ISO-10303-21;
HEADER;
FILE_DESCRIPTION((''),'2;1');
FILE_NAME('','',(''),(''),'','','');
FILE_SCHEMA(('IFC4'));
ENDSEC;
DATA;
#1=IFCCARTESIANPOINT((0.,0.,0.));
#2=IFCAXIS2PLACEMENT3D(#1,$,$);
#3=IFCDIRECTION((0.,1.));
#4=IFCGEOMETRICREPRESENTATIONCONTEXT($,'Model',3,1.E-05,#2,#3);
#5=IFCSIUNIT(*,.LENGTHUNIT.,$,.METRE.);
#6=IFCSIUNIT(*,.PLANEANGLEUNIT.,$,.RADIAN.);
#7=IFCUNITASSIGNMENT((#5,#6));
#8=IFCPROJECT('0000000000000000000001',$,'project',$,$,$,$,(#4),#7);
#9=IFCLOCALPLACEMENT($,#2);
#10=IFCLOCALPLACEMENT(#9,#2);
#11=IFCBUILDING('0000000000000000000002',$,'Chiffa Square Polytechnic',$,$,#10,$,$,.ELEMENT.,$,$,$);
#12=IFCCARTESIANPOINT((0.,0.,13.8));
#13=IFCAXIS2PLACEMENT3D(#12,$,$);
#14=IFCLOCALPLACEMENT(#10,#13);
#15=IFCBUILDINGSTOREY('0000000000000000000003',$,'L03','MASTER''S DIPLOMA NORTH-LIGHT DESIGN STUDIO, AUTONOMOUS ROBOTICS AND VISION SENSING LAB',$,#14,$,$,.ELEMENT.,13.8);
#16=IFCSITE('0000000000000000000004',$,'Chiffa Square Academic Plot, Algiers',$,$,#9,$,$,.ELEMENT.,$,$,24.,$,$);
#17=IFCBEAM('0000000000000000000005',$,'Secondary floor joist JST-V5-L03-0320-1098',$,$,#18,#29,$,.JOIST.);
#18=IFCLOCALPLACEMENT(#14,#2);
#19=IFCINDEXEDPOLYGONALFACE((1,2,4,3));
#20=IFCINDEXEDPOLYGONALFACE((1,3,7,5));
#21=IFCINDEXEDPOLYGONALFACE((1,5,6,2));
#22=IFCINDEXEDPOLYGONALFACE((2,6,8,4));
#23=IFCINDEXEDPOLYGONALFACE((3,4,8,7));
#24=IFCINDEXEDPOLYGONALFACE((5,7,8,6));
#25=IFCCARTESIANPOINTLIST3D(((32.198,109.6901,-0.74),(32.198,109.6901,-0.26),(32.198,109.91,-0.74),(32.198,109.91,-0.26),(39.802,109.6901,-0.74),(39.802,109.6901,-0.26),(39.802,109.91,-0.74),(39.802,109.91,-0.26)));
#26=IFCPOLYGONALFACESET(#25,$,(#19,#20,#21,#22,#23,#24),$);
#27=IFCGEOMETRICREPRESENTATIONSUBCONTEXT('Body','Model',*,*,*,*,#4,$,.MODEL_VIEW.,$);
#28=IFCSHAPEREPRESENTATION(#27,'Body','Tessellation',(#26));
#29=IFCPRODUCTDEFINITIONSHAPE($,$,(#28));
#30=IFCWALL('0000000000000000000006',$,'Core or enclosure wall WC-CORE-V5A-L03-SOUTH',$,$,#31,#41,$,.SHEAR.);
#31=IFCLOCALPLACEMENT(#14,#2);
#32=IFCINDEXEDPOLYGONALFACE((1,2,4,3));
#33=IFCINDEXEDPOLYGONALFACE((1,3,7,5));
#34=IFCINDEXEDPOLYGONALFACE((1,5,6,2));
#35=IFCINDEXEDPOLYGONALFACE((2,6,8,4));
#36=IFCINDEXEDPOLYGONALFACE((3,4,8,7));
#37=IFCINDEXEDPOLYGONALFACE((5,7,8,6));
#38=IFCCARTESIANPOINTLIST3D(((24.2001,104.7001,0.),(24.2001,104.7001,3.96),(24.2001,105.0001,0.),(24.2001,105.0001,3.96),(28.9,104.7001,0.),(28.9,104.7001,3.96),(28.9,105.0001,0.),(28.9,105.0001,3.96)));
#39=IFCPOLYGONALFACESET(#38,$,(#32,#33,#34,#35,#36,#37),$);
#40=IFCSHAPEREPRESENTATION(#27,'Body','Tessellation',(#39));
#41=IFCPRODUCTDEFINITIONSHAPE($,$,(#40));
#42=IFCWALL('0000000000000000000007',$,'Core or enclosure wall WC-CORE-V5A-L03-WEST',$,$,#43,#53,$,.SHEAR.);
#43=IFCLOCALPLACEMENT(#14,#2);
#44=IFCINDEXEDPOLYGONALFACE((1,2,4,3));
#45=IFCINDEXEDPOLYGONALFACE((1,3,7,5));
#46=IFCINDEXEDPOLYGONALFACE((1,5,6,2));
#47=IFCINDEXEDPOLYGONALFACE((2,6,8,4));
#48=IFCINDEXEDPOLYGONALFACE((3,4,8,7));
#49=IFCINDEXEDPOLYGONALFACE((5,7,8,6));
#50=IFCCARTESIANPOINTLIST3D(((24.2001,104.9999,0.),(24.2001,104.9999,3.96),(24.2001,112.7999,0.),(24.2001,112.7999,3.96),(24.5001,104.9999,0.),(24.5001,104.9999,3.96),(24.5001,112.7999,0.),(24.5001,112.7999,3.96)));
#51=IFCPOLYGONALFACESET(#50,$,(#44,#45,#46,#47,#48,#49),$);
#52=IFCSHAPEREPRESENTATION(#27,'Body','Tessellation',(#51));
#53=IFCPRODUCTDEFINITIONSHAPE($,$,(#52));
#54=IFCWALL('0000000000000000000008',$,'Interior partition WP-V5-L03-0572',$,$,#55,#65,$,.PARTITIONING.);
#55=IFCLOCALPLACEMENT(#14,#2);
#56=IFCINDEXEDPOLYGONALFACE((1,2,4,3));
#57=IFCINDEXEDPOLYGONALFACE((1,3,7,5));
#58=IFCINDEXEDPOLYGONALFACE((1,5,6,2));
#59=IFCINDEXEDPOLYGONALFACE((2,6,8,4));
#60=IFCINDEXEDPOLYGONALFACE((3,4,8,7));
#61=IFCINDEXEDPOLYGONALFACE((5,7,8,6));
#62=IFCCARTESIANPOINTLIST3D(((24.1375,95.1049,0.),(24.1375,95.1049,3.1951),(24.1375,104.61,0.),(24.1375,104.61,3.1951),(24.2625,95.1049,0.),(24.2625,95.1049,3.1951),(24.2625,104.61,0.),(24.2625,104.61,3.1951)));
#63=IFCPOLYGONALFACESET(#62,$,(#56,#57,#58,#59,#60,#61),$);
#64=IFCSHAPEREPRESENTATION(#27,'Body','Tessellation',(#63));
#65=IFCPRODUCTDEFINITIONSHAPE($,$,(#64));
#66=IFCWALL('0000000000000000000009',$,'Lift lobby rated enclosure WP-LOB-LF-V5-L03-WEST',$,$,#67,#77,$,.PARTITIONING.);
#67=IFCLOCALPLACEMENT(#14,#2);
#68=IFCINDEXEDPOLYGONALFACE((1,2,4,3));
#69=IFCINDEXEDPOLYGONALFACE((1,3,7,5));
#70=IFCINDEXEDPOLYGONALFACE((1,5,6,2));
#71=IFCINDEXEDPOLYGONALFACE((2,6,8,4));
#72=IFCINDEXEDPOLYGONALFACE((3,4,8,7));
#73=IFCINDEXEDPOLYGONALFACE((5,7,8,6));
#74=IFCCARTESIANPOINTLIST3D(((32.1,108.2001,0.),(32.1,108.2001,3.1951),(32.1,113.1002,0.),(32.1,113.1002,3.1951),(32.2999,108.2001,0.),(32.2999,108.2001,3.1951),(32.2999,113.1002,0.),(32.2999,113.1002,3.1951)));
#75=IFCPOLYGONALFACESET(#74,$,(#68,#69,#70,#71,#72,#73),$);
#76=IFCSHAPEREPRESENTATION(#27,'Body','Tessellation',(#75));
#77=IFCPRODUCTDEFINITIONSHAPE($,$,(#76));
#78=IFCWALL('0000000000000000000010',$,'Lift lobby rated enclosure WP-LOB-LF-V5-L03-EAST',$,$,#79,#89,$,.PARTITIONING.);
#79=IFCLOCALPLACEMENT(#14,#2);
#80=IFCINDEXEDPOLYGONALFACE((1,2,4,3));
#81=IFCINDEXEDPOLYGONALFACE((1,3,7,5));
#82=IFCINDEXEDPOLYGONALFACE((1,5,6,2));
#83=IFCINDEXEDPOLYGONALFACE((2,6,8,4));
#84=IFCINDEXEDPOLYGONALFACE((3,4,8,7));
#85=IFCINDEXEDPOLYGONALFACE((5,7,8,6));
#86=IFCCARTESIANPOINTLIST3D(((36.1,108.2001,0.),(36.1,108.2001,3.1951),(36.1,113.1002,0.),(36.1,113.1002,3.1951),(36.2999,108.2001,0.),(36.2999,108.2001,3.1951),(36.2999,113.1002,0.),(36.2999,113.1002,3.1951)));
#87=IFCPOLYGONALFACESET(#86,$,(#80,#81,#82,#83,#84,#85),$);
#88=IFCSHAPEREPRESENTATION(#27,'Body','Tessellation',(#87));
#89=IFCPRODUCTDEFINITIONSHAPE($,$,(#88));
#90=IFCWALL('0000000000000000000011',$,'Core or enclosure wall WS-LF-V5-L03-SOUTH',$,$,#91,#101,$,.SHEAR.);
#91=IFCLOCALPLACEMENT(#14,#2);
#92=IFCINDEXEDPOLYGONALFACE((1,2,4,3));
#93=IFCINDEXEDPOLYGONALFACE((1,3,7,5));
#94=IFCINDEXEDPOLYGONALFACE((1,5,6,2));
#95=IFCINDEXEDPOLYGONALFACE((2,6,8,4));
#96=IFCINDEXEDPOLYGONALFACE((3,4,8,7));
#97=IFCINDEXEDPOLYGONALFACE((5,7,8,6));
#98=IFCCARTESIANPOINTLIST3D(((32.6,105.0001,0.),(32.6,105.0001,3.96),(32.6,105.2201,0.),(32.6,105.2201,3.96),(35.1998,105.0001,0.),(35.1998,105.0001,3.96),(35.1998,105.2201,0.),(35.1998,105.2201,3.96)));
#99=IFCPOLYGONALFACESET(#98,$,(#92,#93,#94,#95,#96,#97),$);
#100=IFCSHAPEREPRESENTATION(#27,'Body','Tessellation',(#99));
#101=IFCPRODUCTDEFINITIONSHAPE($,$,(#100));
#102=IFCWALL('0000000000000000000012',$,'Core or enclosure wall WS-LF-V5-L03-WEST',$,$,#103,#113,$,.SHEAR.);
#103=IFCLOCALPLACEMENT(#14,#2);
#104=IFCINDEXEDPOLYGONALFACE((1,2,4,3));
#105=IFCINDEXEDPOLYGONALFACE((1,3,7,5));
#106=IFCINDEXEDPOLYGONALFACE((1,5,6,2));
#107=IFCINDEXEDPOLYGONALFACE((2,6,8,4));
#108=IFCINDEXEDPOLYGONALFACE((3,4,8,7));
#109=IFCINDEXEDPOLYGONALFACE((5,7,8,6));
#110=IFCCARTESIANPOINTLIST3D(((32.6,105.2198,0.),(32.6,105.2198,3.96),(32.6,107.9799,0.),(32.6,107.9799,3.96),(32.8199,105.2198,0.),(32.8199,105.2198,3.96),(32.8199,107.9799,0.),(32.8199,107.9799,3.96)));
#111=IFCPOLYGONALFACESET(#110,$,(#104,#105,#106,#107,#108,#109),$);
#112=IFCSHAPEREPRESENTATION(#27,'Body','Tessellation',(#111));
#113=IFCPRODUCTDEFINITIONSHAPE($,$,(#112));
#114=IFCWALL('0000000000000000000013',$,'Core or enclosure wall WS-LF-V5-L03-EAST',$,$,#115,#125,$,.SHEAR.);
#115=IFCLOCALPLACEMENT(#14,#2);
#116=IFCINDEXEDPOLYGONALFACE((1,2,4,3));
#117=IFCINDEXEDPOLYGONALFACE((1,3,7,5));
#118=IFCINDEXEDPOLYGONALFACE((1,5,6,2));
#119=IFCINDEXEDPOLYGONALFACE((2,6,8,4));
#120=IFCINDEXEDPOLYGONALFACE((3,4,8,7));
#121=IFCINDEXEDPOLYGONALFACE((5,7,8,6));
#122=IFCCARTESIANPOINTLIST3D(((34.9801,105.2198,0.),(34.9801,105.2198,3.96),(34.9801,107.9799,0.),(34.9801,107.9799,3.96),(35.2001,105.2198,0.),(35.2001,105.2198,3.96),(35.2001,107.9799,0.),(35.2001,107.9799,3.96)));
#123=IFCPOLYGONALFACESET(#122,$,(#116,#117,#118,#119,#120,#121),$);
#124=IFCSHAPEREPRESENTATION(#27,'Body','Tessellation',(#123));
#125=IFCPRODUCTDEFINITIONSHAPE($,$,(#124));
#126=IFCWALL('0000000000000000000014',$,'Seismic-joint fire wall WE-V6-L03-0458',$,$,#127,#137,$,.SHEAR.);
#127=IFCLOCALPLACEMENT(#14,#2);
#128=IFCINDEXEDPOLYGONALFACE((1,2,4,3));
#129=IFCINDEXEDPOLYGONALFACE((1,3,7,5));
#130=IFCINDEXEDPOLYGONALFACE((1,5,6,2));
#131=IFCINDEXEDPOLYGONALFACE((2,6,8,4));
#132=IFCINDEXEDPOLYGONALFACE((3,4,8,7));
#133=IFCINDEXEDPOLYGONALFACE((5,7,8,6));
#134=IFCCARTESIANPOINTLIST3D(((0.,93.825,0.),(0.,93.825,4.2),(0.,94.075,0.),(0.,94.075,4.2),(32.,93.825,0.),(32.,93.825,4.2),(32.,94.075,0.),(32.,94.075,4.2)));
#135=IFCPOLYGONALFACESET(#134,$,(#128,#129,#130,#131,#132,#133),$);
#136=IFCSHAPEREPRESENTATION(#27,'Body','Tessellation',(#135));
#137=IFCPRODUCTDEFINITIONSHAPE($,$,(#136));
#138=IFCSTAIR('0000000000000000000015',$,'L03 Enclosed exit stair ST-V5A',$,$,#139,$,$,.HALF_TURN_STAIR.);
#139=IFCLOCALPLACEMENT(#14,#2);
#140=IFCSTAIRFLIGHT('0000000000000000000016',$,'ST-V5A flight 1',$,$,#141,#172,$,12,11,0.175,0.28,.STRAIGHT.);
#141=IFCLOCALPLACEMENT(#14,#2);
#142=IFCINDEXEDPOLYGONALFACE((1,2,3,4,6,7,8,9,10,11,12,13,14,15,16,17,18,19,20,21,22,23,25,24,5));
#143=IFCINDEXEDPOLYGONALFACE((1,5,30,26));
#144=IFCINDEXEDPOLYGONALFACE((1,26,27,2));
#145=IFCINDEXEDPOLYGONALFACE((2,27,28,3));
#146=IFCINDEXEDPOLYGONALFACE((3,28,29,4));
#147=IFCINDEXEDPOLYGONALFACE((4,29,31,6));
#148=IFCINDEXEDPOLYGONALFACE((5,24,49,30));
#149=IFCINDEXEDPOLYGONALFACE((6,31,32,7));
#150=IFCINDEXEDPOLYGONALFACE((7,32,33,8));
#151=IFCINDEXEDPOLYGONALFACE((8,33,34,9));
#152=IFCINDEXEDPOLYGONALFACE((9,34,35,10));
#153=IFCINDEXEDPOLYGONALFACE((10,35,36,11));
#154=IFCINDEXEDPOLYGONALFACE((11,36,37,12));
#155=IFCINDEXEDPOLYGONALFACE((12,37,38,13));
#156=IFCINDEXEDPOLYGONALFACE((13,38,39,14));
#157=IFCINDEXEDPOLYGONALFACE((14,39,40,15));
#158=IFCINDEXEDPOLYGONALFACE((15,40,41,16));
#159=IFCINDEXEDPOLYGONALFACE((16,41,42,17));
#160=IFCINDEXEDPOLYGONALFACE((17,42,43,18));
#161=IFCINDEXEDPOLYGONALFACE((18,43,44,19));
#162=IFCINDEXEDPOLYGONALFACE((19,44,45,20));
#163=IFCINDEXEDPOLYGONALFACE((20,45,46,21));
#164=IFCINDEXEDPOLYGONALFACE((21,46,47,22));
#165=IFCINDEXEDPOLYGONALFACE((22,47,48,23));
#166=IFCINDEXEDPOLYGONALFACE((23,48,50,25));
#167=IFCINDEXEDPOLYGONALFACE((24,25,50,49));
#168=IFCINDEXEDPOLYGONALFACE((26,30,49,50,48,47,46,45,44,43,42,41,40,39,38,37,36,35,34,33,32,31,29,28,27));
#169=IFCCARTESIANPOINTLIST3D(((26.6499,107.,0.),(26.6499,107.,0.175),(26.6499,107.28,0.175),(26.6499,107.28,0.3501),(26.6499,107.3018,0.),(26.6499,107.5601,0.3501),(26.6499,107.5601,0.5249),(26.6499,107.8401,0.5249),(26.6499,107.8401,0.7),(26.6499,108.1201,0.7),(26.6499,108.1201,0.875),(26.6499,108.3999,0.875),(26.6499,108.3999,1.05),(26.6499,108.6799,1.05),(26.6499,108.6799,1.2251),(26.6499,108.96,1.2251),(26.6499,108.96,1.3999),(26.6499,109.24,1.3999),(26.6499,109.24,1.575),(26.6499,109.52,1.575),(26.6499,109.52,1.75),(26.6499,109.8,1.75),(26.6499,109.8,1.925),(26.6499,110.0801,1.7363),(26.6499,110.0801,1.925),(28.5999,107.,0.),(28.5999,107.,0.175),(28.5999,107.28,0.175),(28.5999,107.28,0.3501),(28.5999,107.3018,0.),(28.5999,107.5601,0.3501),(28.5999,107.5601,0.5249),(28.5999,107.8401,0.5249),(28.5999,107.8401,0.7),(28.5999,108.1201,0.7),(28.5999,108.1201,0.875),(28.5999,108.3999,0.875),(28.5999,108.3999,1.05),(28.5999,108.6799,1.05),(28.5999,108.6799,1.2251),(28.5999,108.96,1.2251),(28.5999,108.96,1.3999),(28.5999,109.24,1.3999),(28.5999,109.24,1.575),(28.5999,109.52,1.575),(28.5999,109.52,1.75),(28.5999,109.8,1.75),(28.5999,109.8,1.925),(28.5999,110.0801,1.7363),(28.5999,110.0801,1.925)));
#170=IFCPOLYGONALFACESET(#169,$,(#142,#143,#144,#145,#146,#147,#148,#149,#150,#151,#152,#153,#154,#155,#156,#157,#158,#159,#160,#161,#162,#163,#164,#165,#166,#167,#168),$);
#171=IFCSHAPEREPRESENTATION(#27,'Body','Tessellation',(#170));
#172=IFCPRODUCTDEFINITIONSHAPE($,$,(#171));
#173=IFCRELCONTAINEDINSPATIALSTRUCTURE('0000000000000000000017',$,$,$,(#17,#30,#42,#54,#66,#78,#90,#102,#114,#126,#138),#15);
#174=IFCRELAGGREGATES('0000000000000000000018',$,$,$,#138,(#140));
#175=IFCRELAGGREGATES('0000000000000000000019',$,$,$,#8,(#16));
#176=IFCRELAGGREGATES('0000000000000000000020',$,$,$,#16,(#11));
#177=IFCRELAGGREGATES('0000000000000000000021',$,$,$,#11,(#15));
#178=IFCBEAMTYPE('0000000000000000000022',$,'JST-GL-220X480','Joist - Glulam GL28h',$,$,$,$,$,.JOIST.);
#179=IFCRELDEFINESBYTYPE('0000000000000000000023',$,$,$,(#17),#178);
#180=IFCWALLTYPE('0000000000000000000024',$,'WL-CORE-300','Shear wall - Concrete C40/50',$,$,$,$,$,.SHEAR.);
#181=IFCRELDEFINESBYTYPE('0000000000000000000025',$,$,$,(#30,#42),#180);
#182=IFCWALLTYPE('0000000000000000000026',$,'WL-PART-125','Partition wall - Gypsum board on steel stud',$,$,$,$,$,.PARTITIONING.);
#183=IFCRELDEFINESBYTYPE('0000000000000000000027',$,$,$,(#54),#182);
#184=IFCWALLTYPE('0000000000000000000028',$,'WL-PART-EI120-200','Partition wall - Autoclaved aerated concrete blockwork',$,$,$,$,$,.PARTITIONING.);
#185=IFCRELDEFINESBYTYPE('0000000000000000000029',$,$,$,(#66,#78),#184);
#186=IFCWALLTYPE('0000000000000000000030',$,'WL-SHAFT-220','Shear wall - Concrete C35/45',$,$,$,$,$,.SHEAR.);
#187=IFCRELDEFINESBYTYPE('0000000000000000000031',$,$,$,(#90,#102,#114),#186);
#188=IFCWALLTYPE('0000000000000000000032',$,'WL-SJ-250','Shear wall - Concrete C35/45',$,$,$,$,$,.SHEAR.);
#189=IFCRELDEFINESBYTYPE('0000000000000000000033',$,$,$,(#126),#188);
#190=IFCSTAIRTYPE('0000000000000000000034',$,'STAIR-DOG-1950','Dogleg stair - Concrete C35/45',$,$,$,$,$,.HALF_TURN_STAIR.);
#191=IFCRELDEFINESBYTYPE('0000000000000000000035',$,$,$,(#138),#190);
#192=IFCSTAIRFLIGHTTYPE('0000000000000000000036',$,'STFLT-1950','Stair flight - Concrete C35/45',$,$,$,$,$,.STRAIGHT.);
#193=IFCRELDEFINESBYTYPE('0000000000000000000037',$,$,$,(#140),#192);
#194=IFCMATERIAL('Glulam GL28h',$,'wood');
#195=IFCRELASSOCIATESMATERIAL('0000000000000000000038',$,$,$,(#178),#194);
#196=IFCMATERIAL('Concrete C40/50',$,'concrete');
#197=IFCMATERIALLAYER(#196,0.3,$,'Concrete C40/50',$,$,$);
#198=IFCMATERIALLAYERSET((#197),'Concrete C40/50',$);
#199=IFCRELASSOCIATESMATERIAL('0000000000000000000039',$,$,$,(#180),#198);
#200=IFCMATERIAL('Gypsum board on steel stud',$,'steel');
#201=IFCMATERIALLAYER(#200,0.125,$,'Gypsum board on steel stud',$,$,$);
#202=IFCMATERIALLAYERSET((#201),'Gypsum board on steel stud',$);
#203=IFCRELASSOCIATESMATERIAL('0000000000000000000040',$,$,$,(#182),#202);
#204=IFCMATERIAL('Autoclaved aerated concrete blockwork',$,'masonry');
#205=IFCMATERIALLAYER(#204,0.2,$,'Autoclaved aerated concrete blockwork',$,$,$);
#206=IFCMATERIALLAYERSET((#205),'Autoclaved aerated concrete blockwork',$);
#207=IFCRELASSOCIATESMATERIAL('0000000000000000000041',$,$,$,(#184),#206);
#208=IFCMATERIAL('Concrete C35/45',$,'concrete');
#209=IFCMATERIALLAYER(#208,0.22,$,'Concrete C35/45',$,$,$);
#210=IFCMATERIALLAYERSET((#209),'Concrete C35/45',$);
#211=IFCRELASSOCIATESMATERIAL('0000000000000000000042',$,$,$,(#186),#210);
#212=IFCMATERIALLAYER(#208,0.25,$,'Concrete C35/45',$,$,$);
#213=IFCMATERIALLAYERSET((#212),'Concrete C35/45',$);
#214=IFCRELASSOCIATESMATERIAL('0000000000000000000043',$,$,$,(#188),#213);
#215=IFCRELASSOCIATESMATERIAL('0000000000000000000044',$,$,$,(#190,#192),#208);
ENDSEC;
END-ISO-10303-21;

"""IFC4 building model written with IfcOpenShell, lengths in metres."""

from ifc_helpers import new_model, si_unit, direction, frame, frame_2d, origin, origin_2d, place, context, subcontext, project, spatial, polyline, rectangle, outline, extrude, material, layer, layer_set, material_profile, profile_set, type_object, element, aggregate, save


model = new_model("IFC4")

# Units and contexts
model_context = context("Model", 3, precision=1e-05, world=origin(), true_north=direction((0.0, 1.0)))
body_context = subcontext(model_context, "Body", "Model", "MODEL_VIEW")
ifc_project = project(units=[si_unit("LENGTHUNIT", "METRE"), si_unit("PLANEANGLEUNIT", "RADIAN")], contexts=[model_context])

# Site, building, storey
site_placement = place(None, origin())
site = spatial("IfcSite", under=ifc_project, at=site_placement, Name="Chiffa Square Academic Plot, Algiers", CompositionType="ELEMENT", RefElevation=24.0)
building_placement = place(site_placement, origin())
building = spatial("IfcBuilding", under=site, at=building_placement, Name="Chiffa Square Polytechnic", CompositionType="ELEMENT")
storey_placement = place(building_placement, frame((0.0, 0.0, 13.8)))
storey = spatial("IfcBuildingStorey", under=building, at=storey_placement, Name="L03", Description="MASTER'S DIPLOMA NORTH-LIGHT DESIGN STUDIO, AUTONOMOUS ROBOTICS AND VISION SENSING LAB", CompositionType="ELEMENT", Elevation=13.8)

# Shared definitions
ifc_material_1 = material(Name="Concrete C35/45", Category="concrete")

# Beam
ifc_material_2 = material(Name="Glulam GL28h", Category="wood")
ifc_material_profile_1 = material_profile(ifc_material_2, rectangle(XDim=0.22, YDim=0.48, at=origin_2d()), Name="GL28h 220x480")
ifc_profile_set_1 = profile_set([ifc_material_profile_1], Name="Glulam GL28h")
beam_type_1 = type_object("IfcBeamType", Name="JST-GL-220X480", Description="Joist - Glulam GL28h", PredefinedType="JOIST", material=ifc_profile_set_1)
for number, where, z_axis, x_axis, name in (
    (1, (32.198, 109.8, -0.5), (1.0, 0.0, 0.0), (0.0, 1.0, 0.0), "Secondary floor joist JST-V5-L03-0320-1098"),
):
    element("IfcBeam", number, at=place(storey_placement, frame(where, z_axis=z_axis, x_axis=x_axis)), inside=storey, type_object=beam_type_1, Name=name, PredefinedType="JOIST", context=body_context, shape_type="SweptSolid", body=[
        extrude(rectangle(XDim=0.22, YDim=0.48, at=origin_2d()), origin(), (0.0, 0.0, 1.0), 7.604),
    ])

# Walls
ifc_material_3 = material(Name="Concrete C40/50", Category="concrete")
ifc_layer_1 = layer(ifc_material_3, 0.3, Name="Concrete C40/50")
ifc_layer_set_1 = layer_set([ifc_layer_1], Name="Concrete C40/50")
wall_type_1 = type_object("IfcWallType", Name="WL-CORE-300", Description="Shear wall - Concrete C40/50", PredefinedType="SHEAR", material=ifc_layer_set_1)
wall_1_placement = place(storey_placement, frame((24.2, 104.8501, 0.0), z_axis=(0.0, 0.0, 1.0), x_axis=(1.0, 0.0, 0.0)))
element("IfcWall", 2, at=wall_1_placement, inside=storey, type_object=wall_type_1, Name="Core or enclosure wall WC-CORE-V5A-L03-SOUTH", PredefinedType="SHEAR", context=body_context, shape_type="SweptSolid", body=[
    extrude(rectangle(XDim=4.7, YDim=0.3, at=frame_2d((2.3501, 0.0))), origin(), (0.0, 0.0, 1.0), 3.96),
])
wall_2_placement = place(storey_placement, frame((24.3501, 105.0, 0.0), z_axis=(0.0, 0.0, 1.0), x_axis=(0.0, 1.0, 0.0)))
element("IfcWall", 3, at=wall_2_placement, inside=storey, type_object=wall_type_1, Name="Core or enclosure wall WC-CORE-V5A-L03-WEST", PredefinedType="SHEAR", context=body_context, shape_type="SweptSolid", body=[
    extrude(rectangle(XDim=7.8, YDim=0.3, at=frame_2d((3.8999, 0.0))), origin(), (0.0, 0.0, 1.0), 3.96),
])

# Walls
ifc_material_4 = material(Name="Gypsum board on steel stud", Category="steel")
ifc_layer_2 = layer(ifc_material_4, 0.125, Name="Gypsum board on steel stud")
ifc_layer_set_2 = layer_set([ifc_layer_2], Name="Gypsum board on steel stud")
wall_type_2 = type_object("IfcWallType", Name="WL-PART-125", Description="Partition wall - Gypsum board on steel stud", PredefinedType="PARTITIONING", material=ifc_layer_set_2)
wall_3_placement = place(storey_placement, frame((24.2, 95.105, 0.0), z_axis=(0.0, 0.0, 1.0), x_axis=(0.0, 1.0, 0.0)))
element("IfcWall", 4, at=wall_3_placement, inside=storey, type_object=wall_type_2, Name="Interior partition WP-V5-L03-0572", PredefinedType="PARTITIONING", context=body_context, shape_type="SweptSolid", body=[
    extrude(rectangle(XDim=9.5051, YDim=0.125, at=frame_2d((4.7524, 0.0))), origin(), (0.0, 0.0, 1.0), 3.1951),
])
ifc_material_5 = material(Name="Autoclaved aerated concrete blockwork", Category="masonry")
ifc_layer_3 = layer(ifc_material_5, 0.2, Name="Autoclaved aerated concrete blockwork")
ifc_layer_set_3 = layer_set([ifc_layer_3], Name="Autoclaved aerated concrete blockwork")
wall_type_3 = type_object("IfcWallType", Name="WL-PART-EI120-200", Description="Partition wall - Autoclaved aerated concrete blockwork", PredefinedType="PARTITIONING", material=ifc_layer_set_3)
for number, where, z_axis, x_axis, name in (
    (5, (32.2, 108.2, 0.0), (0.0, 0.0, 1.0), (0.0, 1.0, 0.0), "Lift lobby rated enclosure WP-LOB-LF-V5-L03-WEST"),
    (6, (36.2, 108.2, 0.0), (0.0, 0.0, 1.0), (0.0, 1.0, 0.0), "Lift lobby rated enclosure WP-LOB-LF-V5-L03-EAST"),
):
    element("IfcWall", number, at=place(storey_placement, frame(where, z_axis=z_axis, x_axis=x_axis)), inside=storey, type_object=wall_type_3, Name=name, PredefinedType="PARTITIONING", context=body_context, shape_type="SweptSolid", body=[
        extrude(rectangle(XDim=4.9001, YDim=0.2, at=frame_2d((2.4502, 0.0))), origin(), (0.0, 0.0, 1.0), 3.1951),
    ])
ifc_layer_4 = layer(ifc_material_1, 0.22, Name="Concrete C35/45")
ifc_layer_set_4 = layer_set([ifc_layer_4], Name="Concrete C35/45")
wall_type_4 = type_object("IfcWallType", Name="WL-SHAFT-220", Description="Shear wall - Concrete C35/45", PredefinedType="SHEAR", material=ifc_layer_set_4)
wall_4_placement = place(storey_placement, frame((32.6001, 105.1101, 0.0), z_axis=(0.0, 0.0, 1.0), x_axis=(1.0, 0.0, 0.0)))
element("IfcWall", 7, at=wall_4_placement, inside=storey, type_object=wall_type_4, Name="Core or enclosure wall WS-LF-V5-L03-SOUTH", PredefinedType="SHEAR", context=body_context, shape_type="SweptSolid", body=[
    extrude(rectangle(XDim=2.5999, YDim=0.22, at=frame_2d((1.2998, 0.0))), origin(), (0.0, 0.0, 1.0), 3.96),
])

# Walls
for number, where, z_axis, x_axis, name in (
    (8, (32.71, 105.22, 0.0), (0.0, 0.0, 1.0), (0.0, 1.0, 0.0), "Core or enclosure wall WS-LF-V5-L03-WEST"),
    (9, (35.0901, 105.22, 0.0), (0.0, 0.0, 1.0), (0.0, 1.0, 0.0), "Core or enclosure wall WS-LF-V5-L03-EAST"),
):
    element("IfcWall", number, at=place(storey_placement, frame(where, z_axis=z_axis, x_axis=x_axis)), inside=storey, type_object=wall_type_4, Name=name, PredefinedType="SHEAR", context=body_context, shape_type="SweptSolid", body=[
        extrude(rectangle(XDim=2.76, YDim=0.22, at=frame_2d((1.3799, 0.0))), origin(), (0.0, 0.0, 1.0), 3.96),
    ])
ifc_layer_5 = layer(ifc_material_1, 0.25, Name="Concrete C35/45")
ifc_layer_set_5 = layer_set([ifc_layer_5], Name="Concrete C35/45")
wall_type_5 = type_object("IfcWallType", Name="WL-SJ-250", Description="Shear wall - Concrete C35/45", PredefinedType="SHEAR", material=ifc_layer_set_5)
wall_5_placement = place(storey_placement, frame((32.0, 93.95, 0.0), z_axis=(0.0, 0.0, 1.0), x_axis=(-1.0, 0.0, 0.0)))
element("IfcWall", 10, at=wall_5_placement, inside=storey, type_object=wall_type_5, Name="Seismic-joint fire wall WE-V6-L03-0458", PredefinedType="SHEAR", context=body_context, shape_type="SweptSolid", body=[
    extrude(rectangle(XDim=32.0, YDim=0.25, at=frame_2d((16.0, 0.0))), origin(), (0.0, 0.0, 1.0), 4.2),
])

# Stair, stair flight
stair_type = type_object("IfcStairType", Name="STAIR-DOG-1950", Description="Dogleg stair - Concrete C35/45", PredefinedType="HALF_TURN_STAIR", material=ifc_material_1)
stair_placement = place(storey_placement, origin())
stair = element("IfcStair", 11, at=stair_placement, inside=storey, type_object=stair_type, Name="L03 Enclosed exit stair ST-V5A", PredefinedType="HALF_TURN_STAIR")
stair_flight_type = type_object("IfcStairFlightType", Name="STFLT-1950", Description="Stair flight - Concrete C35/45", PredefinedType="STRAIGHT", material=ifc_material_1)
stair_flight_1_placement = place(storey_placement, frame((27.625, 107.0, 0.0), z_axis=(0.0, 0.0, 1.0), x_axis=(0.0, 1.0, 0.0)))
stair_flight_1 = element("IfcStairFlight", 12, at=stair_flight_1_placement, type_object=stair_flight_type, Name="ST-V5A flight 1", NumberOfRisers=12, NumberOfTreads=11, PredefinedType="STRAIGHT", RiserHeight=0.175, TreadLength=0.28, context=body_context, shape_type="SweptSolid", body=[
    extrude(outline(polyline([(0.0, 0.0), (0.0, 0.175), (0.28, 0.175), (0.28, 0.3501), (0.5601, 0.3501), (0.5601, 0.5249), (0.8401, 0.5249), (0.8401, 0.7), (1.1201, 0.7), (1.1201, 0.875), (1.3999, 0.875), (1.3999, 1.05), (1.6799, 1.05), (1.6799, 1.2251), (1.96, 1.2251), (1.96, 1.3999), (2.24, 1.3999), (2.24, 1.575), (2.52, 1.575), (2.52, 1.75), (2.8, 1.75), (2.8, 1.925), (3.0801, 1.925), (3.0801, 2.1001), (3.0801, 1.7363), (0.3018, 0.0), (0.0, 0.0)])), frame((0.0, 0.9751, 0.0), z_axis=(0.0, -1.0, 0.0), x_axis=(1.0, 0.0, 0.0)), (0.0, 0.0, 1.0), 1.95),
])
aggregate(stair, [stair_flight_1])

save(model, "model.ifc")
